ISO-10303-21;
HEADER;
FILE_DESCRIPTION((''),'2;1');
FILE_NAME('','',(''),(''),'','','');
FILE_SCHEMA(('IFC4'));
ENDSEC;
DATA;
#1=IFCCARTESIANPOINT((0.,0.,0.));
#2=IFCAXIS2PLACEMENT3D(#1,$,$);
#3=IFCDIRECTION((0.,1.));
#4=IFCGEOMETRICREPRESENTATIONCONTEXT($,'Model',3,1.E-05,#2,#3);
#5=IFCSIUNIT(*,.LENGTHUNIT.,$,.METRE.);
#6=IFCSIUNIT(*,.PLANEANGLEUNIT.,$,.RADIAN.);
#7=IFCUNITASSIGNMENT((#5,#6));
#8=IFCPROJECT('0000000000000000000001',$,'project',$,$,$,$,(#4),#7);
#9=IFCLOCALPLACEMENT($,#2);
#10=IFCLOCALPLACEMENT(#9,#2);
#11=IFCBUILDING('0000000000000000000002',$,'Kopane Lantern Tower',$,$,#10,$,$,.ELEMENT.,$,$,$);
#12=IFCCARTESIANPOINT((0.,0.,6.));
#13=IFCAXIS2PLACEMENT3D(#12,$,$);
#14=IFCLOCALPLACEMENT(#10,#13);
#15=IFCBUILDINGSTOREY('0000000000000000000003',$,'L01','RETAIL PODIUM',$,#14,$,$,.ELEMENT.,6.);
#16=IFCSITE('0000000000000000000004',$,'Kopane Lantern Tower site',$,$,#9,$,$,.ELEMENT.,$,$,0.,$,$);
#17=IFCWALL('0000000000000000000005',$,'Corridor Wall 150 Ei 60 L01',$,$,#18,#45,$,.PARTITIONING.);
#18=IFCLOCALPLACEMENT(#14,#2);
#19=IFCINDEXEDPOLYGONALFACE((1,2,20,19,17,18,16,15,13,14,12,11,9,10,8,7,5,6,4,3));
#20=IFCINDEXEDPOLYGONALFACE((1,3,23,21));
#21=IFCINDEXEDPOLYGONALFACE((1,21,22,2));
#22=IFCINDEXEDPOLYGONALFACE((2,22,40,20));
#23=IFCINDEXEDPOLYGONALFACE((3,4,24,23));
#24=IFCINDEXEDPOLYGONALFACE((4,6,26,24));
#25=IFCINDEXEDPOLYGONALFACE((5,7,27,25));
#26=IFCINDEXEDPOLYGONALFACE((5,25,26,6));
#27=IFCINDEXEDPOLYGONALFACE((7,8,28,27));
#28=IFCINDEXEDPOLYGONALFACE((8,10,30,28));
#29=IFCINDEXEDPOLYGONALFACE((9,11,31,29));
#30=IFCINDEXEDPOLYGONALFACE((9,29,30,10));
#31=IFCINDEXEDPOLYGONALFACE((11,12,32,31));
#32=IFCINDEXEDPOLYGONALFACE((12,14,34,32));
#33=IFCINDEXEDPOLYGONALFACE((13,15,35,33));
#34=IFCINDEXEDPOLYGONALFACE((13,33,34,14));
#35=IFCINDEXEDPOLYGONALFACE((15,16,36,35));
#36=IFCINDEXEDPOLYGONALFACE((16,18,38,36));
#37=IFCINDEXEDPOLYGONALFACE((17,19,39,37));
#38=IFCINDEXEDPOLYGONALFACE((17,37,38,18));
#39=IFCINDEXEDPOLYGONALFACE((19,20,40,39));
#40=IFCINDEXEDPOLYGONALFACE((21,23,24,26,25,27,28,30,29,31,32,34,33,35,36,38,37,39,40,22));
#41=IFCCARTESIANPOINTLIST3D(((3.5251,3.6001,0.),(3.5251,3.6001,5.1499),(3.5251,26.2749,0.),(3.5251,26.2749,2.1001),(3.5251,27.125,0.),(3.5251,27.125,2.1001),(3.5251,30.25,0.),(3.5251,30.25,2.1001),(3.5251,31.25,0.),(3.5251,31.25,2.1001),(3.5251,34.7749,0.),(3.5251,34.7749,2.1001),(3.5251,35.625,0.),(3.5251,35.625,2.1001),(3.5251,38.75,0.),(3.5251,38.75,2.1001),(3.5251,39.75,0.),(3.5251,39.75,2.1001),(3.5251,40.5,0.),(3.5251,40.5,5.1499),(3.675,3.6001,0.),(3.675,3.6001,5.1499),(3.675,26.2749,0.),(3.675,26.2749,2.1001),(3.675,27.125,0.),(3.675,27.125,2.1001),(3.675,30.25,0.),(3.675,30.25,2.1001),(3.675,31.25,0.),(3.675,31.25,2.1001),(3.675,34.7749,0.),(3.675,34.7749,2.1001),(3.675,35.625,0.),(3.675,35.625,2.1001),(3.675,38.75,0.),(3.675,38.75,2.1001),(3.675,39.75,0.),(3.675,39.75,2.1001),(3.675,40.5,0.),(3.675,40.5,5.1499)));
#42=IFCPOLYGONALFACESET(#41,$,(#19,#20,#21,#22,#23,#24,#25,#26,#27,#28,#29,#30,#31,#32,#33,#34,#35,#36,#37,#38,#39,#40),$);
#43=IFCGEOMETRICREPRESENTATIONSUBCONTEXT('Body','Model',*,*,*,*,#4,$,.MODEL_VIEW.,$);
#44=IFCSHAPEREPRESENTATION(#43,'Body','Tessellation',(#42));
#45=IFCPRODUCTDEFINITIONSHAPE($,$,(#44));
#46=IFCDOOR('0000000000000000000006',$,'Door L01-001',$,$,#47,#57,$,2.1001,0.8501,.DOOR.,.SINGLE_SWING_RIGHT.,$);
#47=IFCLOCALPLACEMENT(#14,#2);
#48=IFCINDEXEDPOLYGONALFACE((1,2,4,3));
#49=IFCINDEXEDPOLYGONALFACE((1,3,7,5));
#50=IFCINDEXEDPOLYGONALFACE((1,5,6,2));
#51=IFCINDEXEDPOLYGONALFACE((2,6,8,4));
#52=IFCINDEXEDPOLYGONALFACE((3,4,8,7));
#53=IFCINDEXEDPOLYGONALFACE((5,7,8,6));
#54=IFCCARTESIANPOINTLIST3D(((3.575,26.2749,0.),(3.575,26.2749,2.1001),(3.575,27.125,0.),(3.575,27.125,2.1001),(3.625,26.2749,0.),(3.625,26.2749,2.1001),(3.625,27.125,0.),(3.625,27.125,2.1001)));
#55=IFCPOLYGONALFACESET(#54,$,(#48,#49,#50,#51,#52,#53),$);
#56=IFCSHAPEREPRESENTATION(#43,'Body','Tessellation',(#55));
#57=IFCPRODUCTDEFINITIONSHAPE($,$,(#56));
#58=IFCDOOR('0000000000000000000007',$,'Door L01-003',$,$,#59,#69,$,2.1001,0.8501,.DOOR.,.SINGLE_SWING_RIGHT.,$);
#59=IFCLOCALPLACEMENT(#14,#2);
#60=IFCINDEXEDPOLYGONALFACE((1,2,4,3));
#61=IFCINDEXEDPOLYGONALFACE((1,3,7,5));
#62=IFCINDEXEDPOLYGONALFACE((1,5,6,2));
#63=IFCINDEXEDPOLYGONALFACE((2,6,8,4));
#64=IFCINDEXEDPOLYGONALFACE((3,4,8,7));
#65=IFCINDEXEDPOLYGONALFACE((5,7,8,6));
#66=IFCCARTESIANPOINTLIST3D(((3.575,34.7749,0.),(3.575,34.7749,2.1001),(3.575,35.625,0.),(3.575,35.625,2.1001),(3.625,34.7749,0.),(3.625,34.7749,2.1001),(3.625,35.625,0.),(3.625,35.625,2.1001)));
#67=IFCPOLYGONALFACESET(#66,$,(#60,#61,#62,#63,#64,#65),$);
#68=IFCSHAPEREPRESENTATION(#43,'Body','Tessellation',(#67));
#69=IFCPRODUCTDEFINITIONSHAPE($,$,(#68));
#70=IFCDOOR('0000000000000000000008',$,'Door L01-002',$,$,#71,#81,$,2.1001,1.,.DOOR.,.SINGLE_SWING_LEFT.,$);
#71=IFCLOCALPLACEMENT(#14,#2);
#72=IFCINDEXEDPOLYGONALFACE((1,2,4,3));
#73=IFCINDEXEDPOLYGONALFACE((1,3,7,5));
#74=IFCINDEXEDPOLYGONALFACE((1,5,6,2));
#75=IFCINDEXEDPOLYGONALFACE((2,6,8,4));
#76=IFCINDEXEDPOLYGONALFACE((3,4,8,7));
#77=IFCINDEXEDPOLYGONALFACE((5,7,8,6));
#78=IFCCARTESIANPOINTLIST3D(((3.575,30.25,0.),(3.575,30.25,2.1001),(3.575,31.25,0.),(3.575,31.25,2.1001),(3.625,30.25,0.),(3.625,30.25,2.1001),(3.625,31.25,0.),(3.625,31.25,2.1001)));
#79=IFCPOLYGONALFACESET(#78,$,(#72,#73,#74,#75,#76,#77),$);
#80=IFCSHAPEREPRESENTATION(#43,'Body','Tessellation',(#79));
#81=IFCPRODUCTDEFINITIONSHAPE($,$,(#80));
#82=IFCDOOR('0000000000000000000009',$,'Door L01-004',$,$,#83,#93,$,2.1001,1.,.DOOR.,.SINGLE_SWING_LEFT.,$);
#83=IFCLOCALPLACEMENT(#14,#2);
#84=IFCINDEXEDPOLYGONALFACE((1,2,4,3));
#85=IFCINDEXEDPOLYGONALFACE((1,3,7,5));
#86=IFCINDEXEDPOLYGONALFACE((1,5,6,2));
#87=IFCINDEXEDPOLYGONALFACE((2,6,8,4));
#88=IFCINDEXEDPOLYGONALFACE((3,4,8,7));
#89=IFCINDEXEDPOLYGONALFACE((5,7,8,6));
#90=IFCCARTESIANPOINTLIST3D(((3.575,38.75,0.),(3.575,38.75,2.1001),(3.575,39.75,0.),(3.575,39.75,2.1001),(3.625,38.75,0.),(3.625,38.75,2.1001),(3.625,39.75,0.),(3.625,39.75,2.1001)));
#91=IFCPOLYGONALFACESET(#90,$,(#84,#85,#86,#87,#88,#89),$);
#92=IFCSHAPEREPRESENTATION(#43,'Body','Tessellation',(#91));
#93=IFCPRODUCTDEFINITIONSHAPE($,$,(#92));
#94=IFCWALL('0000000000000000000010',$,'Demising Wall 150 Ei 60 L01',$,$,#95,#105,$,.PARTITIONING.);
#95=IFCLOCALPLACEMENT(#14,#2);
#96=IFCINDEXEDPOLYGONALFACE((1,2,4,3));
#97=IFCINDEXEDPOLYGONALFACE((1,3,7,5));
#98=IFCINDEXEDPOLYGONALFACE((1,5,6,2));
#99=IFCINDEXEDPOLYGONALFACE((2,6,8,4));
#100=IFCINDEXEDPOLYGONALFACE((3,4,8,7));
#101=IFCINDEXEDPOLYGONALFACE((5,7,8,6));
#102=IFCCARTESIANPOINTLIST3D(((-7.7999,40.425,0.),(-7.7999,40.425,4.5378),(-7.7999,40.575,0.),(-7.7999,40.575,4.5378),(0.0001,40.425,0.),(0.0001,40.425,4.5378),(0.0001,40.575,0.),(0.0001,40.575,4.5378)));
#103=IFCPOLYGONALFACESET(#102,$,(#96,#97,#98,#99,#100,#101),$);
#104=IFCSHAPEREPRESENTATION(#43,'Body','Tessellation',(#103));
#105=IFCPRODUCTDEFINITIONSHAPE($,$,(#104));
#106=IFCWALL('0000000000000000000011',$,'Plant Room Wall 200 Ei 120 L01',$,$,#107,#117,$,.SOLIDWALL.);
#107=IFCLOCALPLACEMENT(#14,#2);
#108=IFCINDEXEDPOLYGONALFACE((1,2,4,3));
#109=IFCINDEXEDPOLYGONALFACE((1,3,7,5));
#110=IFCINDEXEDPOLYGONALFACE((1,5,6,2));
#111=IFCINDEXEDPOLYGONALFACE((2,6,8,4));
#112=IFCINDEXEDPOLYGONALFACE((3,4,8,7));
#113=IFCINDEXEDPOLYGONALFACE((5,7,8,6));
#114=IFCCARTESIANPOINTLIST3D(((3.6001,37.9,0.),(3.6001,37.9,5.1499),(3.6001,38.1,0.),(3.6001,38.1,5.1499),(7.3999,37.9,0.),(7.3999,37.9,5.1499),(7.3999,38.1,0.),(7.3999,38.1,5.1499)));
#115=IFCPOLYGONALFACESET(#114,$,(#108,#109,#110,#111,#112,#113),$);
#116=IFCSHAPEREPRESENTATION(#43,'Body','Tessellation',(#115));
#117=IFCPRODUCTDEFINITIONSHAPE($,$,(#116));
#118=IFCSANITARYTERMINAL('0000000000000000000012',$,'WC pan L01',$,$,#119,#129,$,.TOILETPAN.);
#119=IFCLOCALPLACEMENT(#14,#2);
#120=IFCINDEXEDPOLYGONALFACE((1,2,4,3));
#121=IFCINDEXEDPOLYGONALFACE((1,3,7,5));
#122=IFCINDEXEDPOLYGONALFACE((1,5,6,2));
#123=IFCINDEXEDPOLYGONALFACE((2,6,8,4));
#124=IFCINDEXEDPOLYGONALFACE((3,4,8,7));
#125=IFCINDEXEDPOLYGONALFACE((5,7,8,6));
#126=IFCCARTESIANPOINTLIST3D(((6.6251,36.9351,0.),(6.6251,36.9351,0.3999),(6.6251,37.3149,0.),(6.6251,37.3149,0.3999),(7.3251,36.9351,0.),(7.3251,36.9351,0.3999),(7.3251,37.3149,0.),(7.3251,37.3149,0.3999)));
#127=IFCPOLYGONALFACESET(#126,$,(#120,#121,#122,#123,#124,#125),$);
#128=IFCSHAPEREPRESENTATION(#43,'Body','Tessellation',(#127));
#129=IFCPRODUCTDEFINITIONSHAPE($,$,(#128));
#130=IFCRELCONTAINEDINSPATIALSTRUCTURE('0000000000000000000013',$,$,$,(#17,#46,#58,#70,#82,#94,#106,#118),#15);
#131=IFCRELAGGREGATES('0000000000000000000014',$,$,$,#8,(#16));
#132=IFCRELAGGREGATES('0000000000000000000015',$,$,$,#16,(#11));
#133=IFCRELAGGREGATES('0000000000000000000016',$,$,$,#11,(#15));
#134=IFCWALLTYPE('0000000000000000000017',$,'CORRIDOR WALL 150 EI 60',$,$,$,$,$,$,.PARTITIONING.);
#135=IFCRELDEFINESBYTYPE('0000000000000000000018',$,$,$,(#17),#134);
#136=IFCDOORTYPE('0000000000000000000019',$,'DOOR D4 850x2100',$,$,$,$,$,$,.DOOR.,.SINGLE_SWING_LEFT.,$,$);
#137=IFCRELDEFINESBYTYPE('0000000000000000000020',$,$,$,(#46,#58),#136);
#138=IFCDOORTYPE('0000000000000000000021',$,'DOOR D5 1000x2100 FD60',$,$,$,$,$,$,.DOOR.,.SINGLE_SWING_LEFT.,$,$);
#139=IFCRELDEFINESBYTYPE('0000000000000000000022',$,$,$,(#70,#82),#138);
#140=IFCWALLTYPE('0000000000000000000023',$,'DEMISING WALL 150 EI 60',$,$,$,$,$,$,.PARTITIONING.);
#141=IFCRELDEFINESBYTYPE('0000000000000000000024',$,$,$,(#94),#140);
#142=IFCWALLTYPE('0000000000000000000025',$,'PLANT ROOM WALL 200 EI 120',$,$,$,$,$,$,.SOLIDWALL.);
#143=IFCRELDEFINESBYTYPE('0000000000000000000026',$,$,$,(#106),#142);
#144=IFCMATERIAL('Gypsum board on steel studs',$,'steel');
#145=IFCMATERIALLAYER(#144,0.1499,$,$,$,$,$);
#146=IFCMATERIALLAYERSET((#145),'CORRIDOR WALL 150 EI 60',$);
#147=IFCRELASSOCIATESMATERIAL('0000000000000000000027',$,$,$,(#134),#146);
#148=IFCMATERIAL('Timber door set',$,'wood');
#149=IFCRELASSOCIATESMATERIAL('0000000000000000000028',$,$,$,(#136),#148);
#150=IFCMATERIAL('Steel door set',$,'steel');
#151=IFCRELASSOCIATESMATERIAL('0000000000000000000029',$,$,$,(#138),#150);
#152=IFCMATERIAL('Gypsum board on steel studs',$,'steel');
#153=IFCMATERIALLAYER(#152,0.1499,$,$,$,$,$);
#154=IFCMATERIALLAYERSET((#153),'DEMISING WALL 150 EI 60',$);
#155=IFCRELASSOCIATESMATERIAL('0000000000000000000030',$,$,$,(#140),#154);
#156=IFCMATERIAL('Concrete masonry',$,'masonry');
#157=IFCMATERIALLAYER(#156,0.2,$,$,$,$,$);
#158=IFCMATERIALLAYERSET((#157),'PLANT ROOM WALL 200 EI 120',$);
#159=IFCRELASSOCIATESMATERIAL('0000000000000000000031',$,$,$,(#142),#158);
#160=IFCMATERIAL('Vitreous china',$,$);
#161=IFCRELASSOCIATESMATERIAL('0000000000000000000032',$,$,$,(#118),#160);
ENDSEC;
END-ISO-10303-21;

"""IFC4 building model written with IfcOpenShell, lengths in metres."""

from ifc_helpers import new_model, si_unit, direction, frame, frame_2d, origin, origin_2d, place, context, subcontext, project, spatial, rectangle, extrude, material, layer, layer_set, type_object, element, fill, save


model = new_model("IFC4")

# Units and contexts
model_context = context("Model", 3, precision=1e-05, world=origin(), true_north=direction((0.0, 1.0)))
body_context = subcontext(model_context, "Body", "Model", "MODEL_VIEW")
ifc_project = project(units=[si_unit("LENGTHUNIT", "METRE"), si_unit("PLANEANGLEUNIT", "RADIAN")], contexts=[model_context])

# Site, building, storey
site_placement = place(None, origin())
site = spatial("IfcSite", under=ifc_project, at=site_placement, Name="Kopane Lantern Tower site", CompositionType="ELEMENT", RefElevation=0.0)
building_placement = place(site_placement, origin())
building = spatial("IfcBuilding", under=site, at=building_placement, Name="Kopane Lantern Tower", CompositionType="ELEMENT")
storey_placement = place(building_placement, frame((0.0, 0.0, 6.0)))
storey = spatial("IfcBuildingStorey", under=building, at=storey_placement, Name="L01", Description="RETAIL PODIUM", CompositionType="ELEMENT", Elevation=6.0)

# Wall, openings, doors
ifc_material_1 = material(Name="Gypsum board on steel studs", Category="steel")
ifc_layer_1 = layer(ifc_material_1, 0.1499)
ifc_layer_set_1 = layer_set([ifc_layer_1], Name="CORRIDOR WALL 150 EI 60")
wall_type_1 = type_object("IfcWallType", Name="CORRIDOR WALL 150 EI 60", PredefinedType="PARTITIONING", material=ifc_layer_set_1)
wall_1_placement = place(storey_placement, frame((3.6001, 40.5, 0.0), z_axis=(0.0, 0.0, 1.0), x_axis=(0.0, -1.0, 0.0)))
wall_1 = element("IfcWall", 1, at=wall_1_placement, inside=storey, type_object=wall_type_1, Name="Corridor Wall 150 Ei 60 L01", PredefinedType="PARTITIONING", context=body_context, shape_type="SweptSolid", body=[
    extrude(rectangle(XDim=36.8999, YDim=0.1499, at=frame_2d((18.45, 0.0))), origin(), (0.0, 0.0, 1.0), 5.1499),
])
opening_1_placement = place(wall_1_placement, frame((13.375, 0.0, 0.0)))
opening_1 = element("IfcOpeningElement", 2, at=opening_1_placement, cuts=wall_1, PredefinedType="OPENING", context=body_context, shape_type="SweptSolid", body=[
    extrude(rectangle(XDim=0.8501, YDim=2.1001, at=frame_2d((0.425, 1.05))), frame((0.0, 0.085, 0.0), z_axis=(0.0, -1.0, 0.0), x_axis=(1.0, 0.0, 0.0)), (0.0, 0.0, 1.0), 0.1699),
])
opening_2_placement = place(wall_1_placement, frame((9.25, 0.0, 0.0)))
opening_2 = element("IfcOpeningElement", 3, at=opening_2_placement, cuts=wall_1, PredefinedType="OPENING", context=body_context, shape_type="SweptSolid", body=[
    extrude(rectangle(XDim=1.0, YDim=2.1001, at=frame_2d((0.5, 1.05))), frame((0.0, 0.085, 0.0), z_axis=(0.0, -1.0, 0.0), x_axis=(1.0, 0.0, 0.0)), (0.0, 0.0, 1.0), 0.1699),
])
opening_3_placement = place(wall_1_placement, frame((4.875, 0.0, 0.0)))
opening_3 = element("IfcOpeningElement", 4, at=opening_3_placement, cuts=wall_1, PredefinedType="OPENING", context=body_context, shape_type="SweptSolid", body=[
    extrude(rectangle(XDim=0.8501, YDim=2.1001, at=frame_2d((0.425, 1.05))), frame((0.0, 0.085, 0.0), z_axis=(0.0, -1.0, 0.0), x_axis=(1.0, 0.0, 0.0)), (0.0, 0.0, 1.0), 0.1699),
])
opening_4_placement = place(wall_1_placement, frame((0.75, 0.0, 0.0)))
opening_4 = element("IfcOpeningElement", 5, at=opening_4_placement, cuts=wall_1, PredefinedType="OPENING", context=body_context, shape_type="SweptSolid", body=[
    extrude(rectangle(XDim=1.0, YDim=2.1001, at=frame_2d((0.5, 1.05))), frame((0.0, 0.085, 0.0), z_axis=(0.0, -1.0, 0.0), x_axis=(1.0, 0.0, 0.0)), (0.0, 0.0, 1.0), 0.1699),
])
ifc_material_2 = material(Name="Timber door set", Category="wood")
door_type_1 = type_object("IfcDoorType", Name="DOOR D4 850x2100", OperationType="SINGLE_SWING_LEFT", PredefinedType="DOOR", material=ifc_material_2)
door_1_placement = place(opening_1_placement, origin())
door_1 = element("IfcDoor", 6, at=door_1_placement, inside=storey, type_object=door_type_1, Name="Door L01-001", OperationType="SINGLE_SWING_RIGHT", OverallHeight=2.1001, OverallWidth=0.8501, PredefinedType="DOOR", context=body_context, shape_type="SweptSolid", body=[
    extrude(rectangle(XDim=0.8501, YDim=2.1001, at=frame_2d((0.425, 1.05))), frame((0.0, 0.0249, 0.0), z_axis=(0.0, -1.0, 0.0), x_axis=(1.0, 0.0, 0.0)), (0.0, 0.0, 1.0), 0.05),
])
fill(opening_1, door_1)
door_2_placement = place(opening_3_placement, origin())
door_2 = element("IfcDoor", 7, at=door_2_placement, inside=storey, type_object=door_type_1, Name="Door L01-003", OperationType="SINGLE_SWING_RIGHT", OverallHeight=2.1001, OverallWidth=0.8501, PredefinedType="DOOR", context=body_context, shape_type="SweptSolid", body=[
    extrude(rectangle(XDim=0.8501, YDim=2.1001, at=frame_2d((0.425, 1.05))), frame((0.0, 0.0249, 0.0), z_axis=(0.0, -1.0, 0.0), x_axis=(1.0, 0.0, 0.0)), (0.0, 0.0, 1.0), 0.05),
])
fill(opening_3, door_2)
ifc_material_3 = material(Name="Steel door set", Category="steel")
door_type_2 = type_object("IfcDoorType", Name="DOOR D5 1000x2100 FD60", OperationType="SINGLE_SWING_LEFT", PredefinedType="DOOR", material=ifc_material_3)
door_3_placement = place(opening_2_placement, origin())
door_3 = element("IfcDoor", 8, at=door_3_placement, inside=storey, type_object=door_type_2, Name="Door L01-002", OperationType="SINGLE_SWING_LEFT", OverallHeight=2.1001, OverallWidth=1.0, PredefinedType="DOOR", context=body_context, shape_type="SweptSolid", body=[
    extrude(rectangle(XDim=1.0, YDim=2.1001, at=frame_2d((0.5, 1.05))), frame((0.0, 0.0249, 0.0), z_axis=(0.0, -1.0, 0.0), x_axis=(1.0, 0.0, 0.0)), (0.0, 0.0, 1.0), 0.05),
])
fill(opening_2, door_3)
door_4_placement = place(opening_4_placement, origin())
door_4 = element("IfcDoor", 9, at=door_4_placement, inside=storey, type_object=door_type_2, Name="Door L01-004", OperationType="SINGLE_SWING_LEFT", OverallHeight=2.1001, OverallWidth=1.0, PredefinedType="DOOR", context=body_context, shape_type="SweptSolid", body=[
    extrude(rectangle(XDim=1.0, YDim=2.1001, at=frame_2d((0.5, 1.05))), frame((0.0, 0.0249, 0.0), z_axis=(0.0, -1.0, 0.0), x_axis=(1.0, 0.0, 0.0)), (0.0, 0.0, 1.0), 0.05),
])
fill(opening_4, door_4)

# Walls
ifc_material_4 = material(Name="Gypsum board on steel studs", Category="steel")
ifc_layer_2 = layer(ifc_material_4, 0.1499)
ifc_layer_set_2 = layer_set([ifc_layer_2], Name="DEMISING WALL 150 EI 60")
wall_type_2 = type_object("IfcWallType", Name="DEMISING WALL 150 EI 60", PredefinedType="PARTITIONING", material=ifc_layer_set_2)
wall_2_placement = place(storey_placement, frame((0.0, 40.5, 0.0), z_axis=(0.0, 0.0, 1.0), x_axis=(-1.0, 0.0, 0.0)))
element("IfcWall", 10, at=wall_2_placement, inside=storey, type_object=wall_type_2, Name="Demising Wall 150 Ei 60 L01", PredefinedType="PARTITIONING", context=body_context, shape_type="SweptSolid", body=[
    extrude(rectangle(XDim=7.8, YDim=0.1499, at=frame_2d((3.8999, 0.0))), origin(), (0.0, 0.0, 1.0), 4.5378),
])
ifc_material_5 = material(Name="Concrete masonry", Category="masonry")
ifc_layer_3 = layer(ifc_material_5, 0.2)
ifc_layer_set_3 = layer_set([ifc_layer_3], Name="PLANT ROOM WALL 200 EI 120")
wall_type_3 = type_object("IfcWallType", Name="PLANT ROOM WALL 200 EI 120", PredefinedType="SOLIDWALL", material=ifc_layer_set_3)
wall_3_placement = place(storey_placement, frame((3.6001, 38.0, 0.0), z_axis=(0.0, 0.0, 1.0), x_axis=(1.0, 0.0, 0.0)))
element("IfcWall", 11, at=wall_3_placement, inside=storey, type_object=wall_type_3, Name="Plant Room Wall 200 Ei 120 L01", PredefinedType="SOLIDWALL", context=body_context, shape_type="SweptSolid", body=[
    extrude(rectangle(XDim=3.7998, YDim=0.2, at=frame_2d((1.8999, 0.0))), origin(), (0.0, 0.0, 1.0), 5.1499),
])

# Sanitary terminal
ifc_material_6 = material(Name="Vitreous china")
sanitary_terminal_placement = place(storey_placement, frame((6.9751, 37.125, 0.0), z_axis=(0.0, 0.0, 1.0), x_axis=(1.0, 0.0, 0.0)))
element("IfcSanitaryTerminal", 12, at=sanitary_terminal_placement, inside=storey, material=ifc_material_6, Name="WC pan L01", PredefinedType="TOILETPAN", context=body_context, shape_type="SweptSolid", body=[
    extrude(rectangle(XDim=0.7, YDim=0.3799, at=origin_2d()), origin(), (0.0, 0.0, 1.0), 0.3999),
])

save(model, "model.ifc")
